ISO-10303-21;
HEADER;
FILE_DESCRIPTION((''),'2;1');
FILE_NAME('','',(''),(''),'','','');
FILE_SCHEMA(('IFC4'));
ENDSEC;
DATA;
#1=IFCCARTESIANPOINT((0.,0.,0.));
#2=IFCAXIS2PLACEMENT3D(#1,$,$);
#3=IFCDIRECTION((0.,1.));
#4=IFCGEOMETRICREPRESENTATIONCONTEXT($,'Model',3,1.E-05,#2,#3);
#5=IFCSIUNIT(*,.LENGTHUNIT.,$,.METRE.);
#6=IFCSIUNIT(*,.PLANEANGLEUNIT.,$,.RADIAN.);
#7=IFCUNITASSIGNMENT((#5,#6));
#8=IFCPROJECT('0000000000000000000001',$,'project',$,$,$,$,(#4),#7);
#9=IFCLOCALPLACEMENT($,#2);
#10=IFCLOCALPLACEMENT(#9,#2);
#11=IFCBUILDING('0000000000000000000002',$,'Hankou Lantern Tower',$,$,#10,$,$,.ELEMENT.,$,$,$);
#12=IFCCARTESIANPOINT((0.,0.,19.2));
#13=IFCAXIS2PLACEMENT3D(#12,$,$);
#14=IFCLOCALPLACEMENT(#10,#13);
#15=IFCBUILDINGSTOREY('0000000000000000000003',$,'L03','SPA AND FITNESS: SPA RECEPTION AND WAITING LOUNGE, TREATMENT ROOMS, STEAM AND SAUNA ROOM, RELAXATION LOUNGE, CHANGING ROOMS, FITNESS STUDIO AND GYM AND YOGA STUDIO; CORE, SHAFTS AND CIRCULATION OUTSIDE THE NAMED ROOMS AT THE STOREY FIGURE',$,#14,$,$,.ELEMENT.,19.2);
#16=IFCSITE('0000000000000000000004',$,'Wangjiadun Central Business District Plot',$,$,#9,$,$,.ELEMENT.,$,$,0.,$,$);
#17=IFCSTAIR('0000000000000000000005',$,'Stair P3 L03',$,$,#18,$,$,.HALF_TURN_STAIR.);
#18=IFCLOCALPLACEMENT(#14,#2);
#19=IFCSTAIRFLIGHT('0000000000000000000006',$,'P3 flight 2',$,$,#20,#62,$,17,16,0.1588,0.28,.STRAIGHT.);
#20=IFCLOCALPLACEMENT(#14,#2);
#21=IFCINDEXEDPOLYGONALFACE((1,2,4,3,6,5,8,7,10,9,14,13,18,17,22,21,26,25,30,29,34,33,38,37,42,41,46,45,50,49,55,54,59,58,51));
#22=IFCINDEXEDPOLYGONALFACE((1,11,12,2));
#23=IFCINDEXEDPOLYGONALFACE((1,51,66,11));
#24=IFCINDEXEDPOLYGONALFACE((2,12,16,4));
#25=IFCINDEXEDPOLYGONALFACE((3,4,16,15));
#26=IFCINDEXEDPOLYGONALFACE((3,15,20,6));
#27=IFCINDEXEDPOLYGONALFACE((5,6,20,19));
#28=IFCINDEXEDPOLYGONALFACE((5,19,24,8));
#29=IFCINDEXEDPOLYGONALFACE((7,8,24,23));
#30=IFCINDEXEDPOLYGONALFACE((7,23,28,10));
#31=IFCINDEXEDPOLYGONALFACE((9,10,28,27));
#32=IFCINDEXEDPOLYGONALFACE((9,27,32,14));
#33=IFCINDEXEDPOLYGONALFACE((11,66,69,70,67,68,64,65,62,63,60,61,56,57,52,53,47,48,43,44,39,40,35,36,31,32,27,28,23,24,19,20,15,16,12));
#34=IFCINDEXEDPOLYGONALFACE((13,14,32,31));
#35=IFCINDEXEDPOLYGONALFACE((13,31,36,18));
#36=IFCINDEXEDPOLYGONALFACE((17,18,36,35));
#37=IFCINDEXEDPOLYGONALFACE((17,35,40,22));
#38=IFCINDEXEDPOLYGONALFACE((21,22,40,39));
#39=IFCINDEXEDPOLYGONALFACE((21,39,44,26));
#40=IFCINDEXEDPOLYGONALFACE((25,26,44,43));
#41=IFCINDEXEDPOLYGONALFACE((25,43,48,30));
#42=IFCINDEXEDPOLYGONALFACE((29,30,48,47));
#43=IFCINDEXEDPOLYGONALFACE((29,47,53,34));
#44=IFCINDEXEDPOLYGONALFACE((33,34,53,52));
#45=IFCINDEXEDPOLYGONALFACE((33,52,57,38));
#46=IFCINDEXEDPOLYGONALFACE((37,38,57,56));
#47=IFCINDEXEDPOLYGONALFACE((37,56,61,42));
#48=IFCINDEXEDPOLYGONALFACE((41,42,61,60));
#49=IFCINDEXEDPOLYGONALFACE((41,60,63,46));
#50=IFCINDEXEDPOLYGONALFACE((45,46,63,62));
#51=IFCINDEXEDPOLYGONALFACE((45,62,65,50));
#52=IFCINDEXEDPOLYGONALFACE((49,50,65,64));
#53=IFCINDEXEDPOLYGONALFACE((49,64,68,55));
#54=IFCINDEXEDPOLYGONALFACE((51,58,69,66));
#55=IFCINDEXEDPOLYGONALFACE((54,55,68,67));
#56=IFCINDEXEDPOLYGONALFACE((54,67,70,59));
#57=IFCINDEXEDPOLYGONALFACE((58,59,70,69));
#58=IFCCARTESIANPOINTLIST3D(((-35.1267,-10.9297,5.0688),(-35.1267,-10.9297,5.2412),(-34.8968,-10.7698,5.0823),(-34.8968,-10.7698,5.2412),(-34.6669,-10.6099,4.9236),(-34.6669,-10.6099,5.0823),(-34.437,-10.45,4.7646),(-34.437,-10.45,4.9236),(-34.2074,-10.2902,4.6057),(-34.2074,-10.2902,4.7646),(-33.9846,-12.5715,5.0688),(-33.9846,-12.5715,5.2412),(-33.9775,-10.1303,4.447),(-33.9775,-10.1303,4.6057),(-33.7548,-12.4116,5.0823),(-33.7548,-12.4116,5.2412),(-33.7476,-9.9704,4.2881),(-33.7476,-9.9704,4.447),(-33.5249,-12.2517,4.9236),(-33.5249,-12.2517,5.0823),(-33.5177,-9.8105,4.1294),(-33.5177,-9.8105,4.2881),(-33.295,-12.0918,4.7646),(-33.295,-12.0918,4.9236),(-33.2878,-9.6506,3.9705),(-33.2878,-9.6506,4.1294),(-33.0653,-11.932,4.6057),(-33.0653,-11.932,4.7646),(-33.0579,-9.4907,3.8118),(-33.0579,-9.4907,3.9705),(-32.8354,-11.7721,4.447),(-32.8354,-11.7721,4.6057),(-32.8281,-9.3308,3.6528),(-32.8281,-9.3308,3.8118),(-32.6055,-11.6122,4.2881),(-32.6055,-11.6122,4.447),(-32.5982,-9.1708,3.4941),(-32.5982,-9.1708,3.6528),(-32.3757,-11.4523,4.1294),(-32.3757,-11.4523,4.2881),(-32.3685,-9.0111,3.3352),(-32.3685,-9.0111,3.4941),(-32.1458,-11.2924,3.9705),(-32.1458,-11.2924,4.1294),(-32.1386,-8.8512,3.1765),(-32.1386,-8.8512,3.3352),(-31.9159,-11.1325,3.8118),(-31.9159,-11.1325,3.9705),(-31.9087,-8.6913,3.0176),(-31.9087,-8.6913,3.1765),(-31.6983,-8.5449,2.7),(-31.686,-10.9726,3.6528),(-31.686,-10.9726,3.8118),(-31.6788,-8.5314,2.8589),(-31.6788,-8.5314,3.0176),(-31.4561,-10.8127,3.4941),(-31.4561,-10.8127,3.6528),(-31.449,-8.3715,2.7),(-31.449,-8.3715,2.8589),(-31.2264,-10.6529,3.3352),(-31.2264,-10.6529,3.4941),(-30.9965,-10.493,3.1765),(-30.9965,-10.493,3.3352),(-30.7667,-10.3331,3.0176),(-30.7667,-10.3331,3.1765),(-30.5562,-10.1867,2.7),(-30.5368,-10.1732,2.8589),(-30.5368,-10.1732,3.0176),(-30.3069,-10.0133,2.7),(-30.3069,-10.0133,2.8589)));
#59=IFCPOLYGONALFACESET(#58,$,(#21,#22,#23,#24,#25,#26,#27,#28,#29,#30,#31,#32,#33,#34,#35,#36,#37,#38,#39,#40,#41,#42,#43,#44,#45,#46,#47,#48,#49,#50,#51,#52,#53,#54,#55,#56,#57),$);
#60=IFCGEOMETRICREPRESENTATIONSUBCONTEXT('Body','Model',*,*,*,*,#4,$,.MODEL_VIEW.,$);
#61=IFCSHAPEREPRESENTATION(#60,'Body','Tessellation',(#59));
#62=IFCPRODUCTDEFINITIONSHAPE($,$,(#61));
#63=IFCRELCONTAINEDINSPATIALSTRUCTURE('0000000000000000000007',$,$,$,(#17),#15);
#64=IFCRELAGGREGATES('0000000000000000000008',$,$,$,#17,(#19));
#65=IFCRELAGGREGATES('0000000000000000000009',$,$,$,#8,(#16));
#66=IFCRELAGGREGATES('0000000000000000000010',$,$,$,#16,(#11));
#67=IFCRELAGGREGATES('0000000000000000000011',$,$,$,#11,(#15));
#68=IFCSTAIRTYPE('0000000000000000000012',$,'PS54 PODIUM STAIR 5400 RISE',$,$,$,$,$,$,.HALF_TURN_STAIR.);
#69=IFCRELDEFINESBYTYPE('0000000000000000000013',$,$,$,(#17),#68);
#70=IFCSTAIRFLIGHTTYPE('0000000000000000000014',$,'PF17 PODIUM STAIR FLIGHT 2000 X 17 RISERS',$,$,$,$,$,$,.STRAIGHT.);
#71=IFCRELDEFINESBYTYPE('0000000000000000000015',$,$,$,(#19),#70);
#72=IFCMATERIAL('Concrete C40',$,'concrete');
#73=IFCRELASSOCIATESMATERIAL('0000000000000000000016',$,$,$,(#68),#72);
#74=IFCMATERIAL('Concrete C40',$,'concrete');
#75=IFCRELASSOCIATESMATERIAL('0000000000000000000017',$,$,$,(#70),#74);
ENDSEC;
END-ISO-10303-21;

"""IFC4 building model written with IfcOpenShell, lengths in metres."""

from ifc_helpers import new_model, si_unit, direction, frame, origin, place, context, subcontext, project, spatial, polyline, outline, extrude, material, type_object, element, aggregate, save


model = new_model("IFC4")

# Units and contexts
model_context = context("Model", 3, precision=1e-05, world=origin(), true_north=direction((0.0, 1.0)))
body_context = subcontext(model_context, "Body", "Model", "MODEL_VIEW")
ifc_project = project(units=[si_unit("LENGTHUNIT", "METRE"), si_unit("PLANEANGLEUNIT", "RADIAN")], contexts=[model_context])

# Site, building, storey
site_placement = place(None, origin())
site = spatial("IfcSite", under=ifc_project, at=site_placement, Name="Wangjiadun Central Business District Plot", CompositionType="ELEMENT", RefElevation=0.0)
building_placement = place(site_placement, origin())
building = spatial("IfcBuilding", under=site, at=building_placement, Name="Hankou Lantern Tower", CompositionType="ELEMENT")
storey_placement = place(building_placement, frame((0.0, 0.0, 19.2)))
storey = spatial("IfcBuildingStorey", under=building, at=storey_placement, Name="L03", Description="SPA AND FITNESS: SPA RECEPTION AND WAITING LOUNGE, TREATMENT ROOMS, STEAM AND SAUNA ROOM, RELAXATION LOUNGE, CHANGING ROOMS, FITNESS STUDIO AND GYM AND YOGA STUDIO; CORE, SHAFTS AND CIRCULATION OUTSIDE THE NAMED ROOMS AT THE STOREY FIGURE", CompositionType="ELEMENT", Elevation=19.2)

# Stair, stair flight
ifc_material_1 = material(Name="Concrete C40", Category="concrete")
stair_type = type_object("IfcStairType", Name="PS54 PODIUM STAIR 5400 RISE", PredefinedType="HALF_TURN_STAIR", material=ifc_material_1)
stair_placement = place(storey_placement, origin())
stair = element("IfcStair", 1, at=stair_placement, inside=storey, type_object=stair_type, Name="Stair P3 L03", PredefinedType="HALF_TURN_STAIR")
ifc_material_2 = material(Name="Concrete C40", Category="concrete")
stair_flight_type = type_object("IfcStairFlightType", Name="PF17 PODIUM STAIR FLIGHT 2000 X 17 RISERS", PredefinedType="STRAIGHT", material=ifc_material_2)
stair_flight_1_placement = place(storey_placement, frame((-30.8779, -9.1924, 2.7), z_axis=(0.0, 0.0, 1.0), x_axis=(-0.820927, -0.571033, 0.0)))
stair_flight_1 = element("IfcStairFlight", 2, at=stair_flight_1_placement, type_object=stair_flight_type, Name="P3 flight 2", NumberOfRisers=17, NumberOfTreads=16, PredefinedType="STRAIGHT", RiserHeight=0.1588, TreadLength=0.28, context=body_context, shape_type="SweptSolid", body=[
    extrude(outline(polyline([(0.0, 0.0), (0.0, 0.1589), (0.28, 0.1589), (0.28, 0.3176), (0.5601, 0.3176), (0.5601, 0.4766), (0.8401, 0.4766), (0.8401, 0.6353), (1.1201, 0.6353), (1.1201, 0.7942), (1.3999, 0.7942), (1.3999, 0.9529), (1.6799, 0.9529), (1.6799, 1.1118), (1.96, 1.1118), (1.96, 1.2705), (2.24, 1.2705), (2.24, 1.4294), (2.52, 1.4294), (2.52, 1.5881), (2.8, 1.5881), (2.8, 1.7471), (3.0801, 1.7471), (3.0801, 1.9058), (3.3601, 1.9058), (3.3601, 2.0647), (3.6399, 2.0647), (3.6399, 2.2236), (3.9199, 2.2236), (3.9199, 2.3823), (4.2, 2.3823), (4.2, 2.5413), (4.48, 2.5413), (4.48, 2.7), (4.48, 2.3689), (0.3037, 0.0), (0.0, 0.0)])), frame((0.0, 1.0, 0.0), z_axis=(0.0, -1.0, 0.0), x_axis=(1.0, 0.0, 0.0)), (0.0, 0.0, 1.0), 2.0),
])
aggregate(stair, [stair_flight_1])

save(model, "model.ifc")
